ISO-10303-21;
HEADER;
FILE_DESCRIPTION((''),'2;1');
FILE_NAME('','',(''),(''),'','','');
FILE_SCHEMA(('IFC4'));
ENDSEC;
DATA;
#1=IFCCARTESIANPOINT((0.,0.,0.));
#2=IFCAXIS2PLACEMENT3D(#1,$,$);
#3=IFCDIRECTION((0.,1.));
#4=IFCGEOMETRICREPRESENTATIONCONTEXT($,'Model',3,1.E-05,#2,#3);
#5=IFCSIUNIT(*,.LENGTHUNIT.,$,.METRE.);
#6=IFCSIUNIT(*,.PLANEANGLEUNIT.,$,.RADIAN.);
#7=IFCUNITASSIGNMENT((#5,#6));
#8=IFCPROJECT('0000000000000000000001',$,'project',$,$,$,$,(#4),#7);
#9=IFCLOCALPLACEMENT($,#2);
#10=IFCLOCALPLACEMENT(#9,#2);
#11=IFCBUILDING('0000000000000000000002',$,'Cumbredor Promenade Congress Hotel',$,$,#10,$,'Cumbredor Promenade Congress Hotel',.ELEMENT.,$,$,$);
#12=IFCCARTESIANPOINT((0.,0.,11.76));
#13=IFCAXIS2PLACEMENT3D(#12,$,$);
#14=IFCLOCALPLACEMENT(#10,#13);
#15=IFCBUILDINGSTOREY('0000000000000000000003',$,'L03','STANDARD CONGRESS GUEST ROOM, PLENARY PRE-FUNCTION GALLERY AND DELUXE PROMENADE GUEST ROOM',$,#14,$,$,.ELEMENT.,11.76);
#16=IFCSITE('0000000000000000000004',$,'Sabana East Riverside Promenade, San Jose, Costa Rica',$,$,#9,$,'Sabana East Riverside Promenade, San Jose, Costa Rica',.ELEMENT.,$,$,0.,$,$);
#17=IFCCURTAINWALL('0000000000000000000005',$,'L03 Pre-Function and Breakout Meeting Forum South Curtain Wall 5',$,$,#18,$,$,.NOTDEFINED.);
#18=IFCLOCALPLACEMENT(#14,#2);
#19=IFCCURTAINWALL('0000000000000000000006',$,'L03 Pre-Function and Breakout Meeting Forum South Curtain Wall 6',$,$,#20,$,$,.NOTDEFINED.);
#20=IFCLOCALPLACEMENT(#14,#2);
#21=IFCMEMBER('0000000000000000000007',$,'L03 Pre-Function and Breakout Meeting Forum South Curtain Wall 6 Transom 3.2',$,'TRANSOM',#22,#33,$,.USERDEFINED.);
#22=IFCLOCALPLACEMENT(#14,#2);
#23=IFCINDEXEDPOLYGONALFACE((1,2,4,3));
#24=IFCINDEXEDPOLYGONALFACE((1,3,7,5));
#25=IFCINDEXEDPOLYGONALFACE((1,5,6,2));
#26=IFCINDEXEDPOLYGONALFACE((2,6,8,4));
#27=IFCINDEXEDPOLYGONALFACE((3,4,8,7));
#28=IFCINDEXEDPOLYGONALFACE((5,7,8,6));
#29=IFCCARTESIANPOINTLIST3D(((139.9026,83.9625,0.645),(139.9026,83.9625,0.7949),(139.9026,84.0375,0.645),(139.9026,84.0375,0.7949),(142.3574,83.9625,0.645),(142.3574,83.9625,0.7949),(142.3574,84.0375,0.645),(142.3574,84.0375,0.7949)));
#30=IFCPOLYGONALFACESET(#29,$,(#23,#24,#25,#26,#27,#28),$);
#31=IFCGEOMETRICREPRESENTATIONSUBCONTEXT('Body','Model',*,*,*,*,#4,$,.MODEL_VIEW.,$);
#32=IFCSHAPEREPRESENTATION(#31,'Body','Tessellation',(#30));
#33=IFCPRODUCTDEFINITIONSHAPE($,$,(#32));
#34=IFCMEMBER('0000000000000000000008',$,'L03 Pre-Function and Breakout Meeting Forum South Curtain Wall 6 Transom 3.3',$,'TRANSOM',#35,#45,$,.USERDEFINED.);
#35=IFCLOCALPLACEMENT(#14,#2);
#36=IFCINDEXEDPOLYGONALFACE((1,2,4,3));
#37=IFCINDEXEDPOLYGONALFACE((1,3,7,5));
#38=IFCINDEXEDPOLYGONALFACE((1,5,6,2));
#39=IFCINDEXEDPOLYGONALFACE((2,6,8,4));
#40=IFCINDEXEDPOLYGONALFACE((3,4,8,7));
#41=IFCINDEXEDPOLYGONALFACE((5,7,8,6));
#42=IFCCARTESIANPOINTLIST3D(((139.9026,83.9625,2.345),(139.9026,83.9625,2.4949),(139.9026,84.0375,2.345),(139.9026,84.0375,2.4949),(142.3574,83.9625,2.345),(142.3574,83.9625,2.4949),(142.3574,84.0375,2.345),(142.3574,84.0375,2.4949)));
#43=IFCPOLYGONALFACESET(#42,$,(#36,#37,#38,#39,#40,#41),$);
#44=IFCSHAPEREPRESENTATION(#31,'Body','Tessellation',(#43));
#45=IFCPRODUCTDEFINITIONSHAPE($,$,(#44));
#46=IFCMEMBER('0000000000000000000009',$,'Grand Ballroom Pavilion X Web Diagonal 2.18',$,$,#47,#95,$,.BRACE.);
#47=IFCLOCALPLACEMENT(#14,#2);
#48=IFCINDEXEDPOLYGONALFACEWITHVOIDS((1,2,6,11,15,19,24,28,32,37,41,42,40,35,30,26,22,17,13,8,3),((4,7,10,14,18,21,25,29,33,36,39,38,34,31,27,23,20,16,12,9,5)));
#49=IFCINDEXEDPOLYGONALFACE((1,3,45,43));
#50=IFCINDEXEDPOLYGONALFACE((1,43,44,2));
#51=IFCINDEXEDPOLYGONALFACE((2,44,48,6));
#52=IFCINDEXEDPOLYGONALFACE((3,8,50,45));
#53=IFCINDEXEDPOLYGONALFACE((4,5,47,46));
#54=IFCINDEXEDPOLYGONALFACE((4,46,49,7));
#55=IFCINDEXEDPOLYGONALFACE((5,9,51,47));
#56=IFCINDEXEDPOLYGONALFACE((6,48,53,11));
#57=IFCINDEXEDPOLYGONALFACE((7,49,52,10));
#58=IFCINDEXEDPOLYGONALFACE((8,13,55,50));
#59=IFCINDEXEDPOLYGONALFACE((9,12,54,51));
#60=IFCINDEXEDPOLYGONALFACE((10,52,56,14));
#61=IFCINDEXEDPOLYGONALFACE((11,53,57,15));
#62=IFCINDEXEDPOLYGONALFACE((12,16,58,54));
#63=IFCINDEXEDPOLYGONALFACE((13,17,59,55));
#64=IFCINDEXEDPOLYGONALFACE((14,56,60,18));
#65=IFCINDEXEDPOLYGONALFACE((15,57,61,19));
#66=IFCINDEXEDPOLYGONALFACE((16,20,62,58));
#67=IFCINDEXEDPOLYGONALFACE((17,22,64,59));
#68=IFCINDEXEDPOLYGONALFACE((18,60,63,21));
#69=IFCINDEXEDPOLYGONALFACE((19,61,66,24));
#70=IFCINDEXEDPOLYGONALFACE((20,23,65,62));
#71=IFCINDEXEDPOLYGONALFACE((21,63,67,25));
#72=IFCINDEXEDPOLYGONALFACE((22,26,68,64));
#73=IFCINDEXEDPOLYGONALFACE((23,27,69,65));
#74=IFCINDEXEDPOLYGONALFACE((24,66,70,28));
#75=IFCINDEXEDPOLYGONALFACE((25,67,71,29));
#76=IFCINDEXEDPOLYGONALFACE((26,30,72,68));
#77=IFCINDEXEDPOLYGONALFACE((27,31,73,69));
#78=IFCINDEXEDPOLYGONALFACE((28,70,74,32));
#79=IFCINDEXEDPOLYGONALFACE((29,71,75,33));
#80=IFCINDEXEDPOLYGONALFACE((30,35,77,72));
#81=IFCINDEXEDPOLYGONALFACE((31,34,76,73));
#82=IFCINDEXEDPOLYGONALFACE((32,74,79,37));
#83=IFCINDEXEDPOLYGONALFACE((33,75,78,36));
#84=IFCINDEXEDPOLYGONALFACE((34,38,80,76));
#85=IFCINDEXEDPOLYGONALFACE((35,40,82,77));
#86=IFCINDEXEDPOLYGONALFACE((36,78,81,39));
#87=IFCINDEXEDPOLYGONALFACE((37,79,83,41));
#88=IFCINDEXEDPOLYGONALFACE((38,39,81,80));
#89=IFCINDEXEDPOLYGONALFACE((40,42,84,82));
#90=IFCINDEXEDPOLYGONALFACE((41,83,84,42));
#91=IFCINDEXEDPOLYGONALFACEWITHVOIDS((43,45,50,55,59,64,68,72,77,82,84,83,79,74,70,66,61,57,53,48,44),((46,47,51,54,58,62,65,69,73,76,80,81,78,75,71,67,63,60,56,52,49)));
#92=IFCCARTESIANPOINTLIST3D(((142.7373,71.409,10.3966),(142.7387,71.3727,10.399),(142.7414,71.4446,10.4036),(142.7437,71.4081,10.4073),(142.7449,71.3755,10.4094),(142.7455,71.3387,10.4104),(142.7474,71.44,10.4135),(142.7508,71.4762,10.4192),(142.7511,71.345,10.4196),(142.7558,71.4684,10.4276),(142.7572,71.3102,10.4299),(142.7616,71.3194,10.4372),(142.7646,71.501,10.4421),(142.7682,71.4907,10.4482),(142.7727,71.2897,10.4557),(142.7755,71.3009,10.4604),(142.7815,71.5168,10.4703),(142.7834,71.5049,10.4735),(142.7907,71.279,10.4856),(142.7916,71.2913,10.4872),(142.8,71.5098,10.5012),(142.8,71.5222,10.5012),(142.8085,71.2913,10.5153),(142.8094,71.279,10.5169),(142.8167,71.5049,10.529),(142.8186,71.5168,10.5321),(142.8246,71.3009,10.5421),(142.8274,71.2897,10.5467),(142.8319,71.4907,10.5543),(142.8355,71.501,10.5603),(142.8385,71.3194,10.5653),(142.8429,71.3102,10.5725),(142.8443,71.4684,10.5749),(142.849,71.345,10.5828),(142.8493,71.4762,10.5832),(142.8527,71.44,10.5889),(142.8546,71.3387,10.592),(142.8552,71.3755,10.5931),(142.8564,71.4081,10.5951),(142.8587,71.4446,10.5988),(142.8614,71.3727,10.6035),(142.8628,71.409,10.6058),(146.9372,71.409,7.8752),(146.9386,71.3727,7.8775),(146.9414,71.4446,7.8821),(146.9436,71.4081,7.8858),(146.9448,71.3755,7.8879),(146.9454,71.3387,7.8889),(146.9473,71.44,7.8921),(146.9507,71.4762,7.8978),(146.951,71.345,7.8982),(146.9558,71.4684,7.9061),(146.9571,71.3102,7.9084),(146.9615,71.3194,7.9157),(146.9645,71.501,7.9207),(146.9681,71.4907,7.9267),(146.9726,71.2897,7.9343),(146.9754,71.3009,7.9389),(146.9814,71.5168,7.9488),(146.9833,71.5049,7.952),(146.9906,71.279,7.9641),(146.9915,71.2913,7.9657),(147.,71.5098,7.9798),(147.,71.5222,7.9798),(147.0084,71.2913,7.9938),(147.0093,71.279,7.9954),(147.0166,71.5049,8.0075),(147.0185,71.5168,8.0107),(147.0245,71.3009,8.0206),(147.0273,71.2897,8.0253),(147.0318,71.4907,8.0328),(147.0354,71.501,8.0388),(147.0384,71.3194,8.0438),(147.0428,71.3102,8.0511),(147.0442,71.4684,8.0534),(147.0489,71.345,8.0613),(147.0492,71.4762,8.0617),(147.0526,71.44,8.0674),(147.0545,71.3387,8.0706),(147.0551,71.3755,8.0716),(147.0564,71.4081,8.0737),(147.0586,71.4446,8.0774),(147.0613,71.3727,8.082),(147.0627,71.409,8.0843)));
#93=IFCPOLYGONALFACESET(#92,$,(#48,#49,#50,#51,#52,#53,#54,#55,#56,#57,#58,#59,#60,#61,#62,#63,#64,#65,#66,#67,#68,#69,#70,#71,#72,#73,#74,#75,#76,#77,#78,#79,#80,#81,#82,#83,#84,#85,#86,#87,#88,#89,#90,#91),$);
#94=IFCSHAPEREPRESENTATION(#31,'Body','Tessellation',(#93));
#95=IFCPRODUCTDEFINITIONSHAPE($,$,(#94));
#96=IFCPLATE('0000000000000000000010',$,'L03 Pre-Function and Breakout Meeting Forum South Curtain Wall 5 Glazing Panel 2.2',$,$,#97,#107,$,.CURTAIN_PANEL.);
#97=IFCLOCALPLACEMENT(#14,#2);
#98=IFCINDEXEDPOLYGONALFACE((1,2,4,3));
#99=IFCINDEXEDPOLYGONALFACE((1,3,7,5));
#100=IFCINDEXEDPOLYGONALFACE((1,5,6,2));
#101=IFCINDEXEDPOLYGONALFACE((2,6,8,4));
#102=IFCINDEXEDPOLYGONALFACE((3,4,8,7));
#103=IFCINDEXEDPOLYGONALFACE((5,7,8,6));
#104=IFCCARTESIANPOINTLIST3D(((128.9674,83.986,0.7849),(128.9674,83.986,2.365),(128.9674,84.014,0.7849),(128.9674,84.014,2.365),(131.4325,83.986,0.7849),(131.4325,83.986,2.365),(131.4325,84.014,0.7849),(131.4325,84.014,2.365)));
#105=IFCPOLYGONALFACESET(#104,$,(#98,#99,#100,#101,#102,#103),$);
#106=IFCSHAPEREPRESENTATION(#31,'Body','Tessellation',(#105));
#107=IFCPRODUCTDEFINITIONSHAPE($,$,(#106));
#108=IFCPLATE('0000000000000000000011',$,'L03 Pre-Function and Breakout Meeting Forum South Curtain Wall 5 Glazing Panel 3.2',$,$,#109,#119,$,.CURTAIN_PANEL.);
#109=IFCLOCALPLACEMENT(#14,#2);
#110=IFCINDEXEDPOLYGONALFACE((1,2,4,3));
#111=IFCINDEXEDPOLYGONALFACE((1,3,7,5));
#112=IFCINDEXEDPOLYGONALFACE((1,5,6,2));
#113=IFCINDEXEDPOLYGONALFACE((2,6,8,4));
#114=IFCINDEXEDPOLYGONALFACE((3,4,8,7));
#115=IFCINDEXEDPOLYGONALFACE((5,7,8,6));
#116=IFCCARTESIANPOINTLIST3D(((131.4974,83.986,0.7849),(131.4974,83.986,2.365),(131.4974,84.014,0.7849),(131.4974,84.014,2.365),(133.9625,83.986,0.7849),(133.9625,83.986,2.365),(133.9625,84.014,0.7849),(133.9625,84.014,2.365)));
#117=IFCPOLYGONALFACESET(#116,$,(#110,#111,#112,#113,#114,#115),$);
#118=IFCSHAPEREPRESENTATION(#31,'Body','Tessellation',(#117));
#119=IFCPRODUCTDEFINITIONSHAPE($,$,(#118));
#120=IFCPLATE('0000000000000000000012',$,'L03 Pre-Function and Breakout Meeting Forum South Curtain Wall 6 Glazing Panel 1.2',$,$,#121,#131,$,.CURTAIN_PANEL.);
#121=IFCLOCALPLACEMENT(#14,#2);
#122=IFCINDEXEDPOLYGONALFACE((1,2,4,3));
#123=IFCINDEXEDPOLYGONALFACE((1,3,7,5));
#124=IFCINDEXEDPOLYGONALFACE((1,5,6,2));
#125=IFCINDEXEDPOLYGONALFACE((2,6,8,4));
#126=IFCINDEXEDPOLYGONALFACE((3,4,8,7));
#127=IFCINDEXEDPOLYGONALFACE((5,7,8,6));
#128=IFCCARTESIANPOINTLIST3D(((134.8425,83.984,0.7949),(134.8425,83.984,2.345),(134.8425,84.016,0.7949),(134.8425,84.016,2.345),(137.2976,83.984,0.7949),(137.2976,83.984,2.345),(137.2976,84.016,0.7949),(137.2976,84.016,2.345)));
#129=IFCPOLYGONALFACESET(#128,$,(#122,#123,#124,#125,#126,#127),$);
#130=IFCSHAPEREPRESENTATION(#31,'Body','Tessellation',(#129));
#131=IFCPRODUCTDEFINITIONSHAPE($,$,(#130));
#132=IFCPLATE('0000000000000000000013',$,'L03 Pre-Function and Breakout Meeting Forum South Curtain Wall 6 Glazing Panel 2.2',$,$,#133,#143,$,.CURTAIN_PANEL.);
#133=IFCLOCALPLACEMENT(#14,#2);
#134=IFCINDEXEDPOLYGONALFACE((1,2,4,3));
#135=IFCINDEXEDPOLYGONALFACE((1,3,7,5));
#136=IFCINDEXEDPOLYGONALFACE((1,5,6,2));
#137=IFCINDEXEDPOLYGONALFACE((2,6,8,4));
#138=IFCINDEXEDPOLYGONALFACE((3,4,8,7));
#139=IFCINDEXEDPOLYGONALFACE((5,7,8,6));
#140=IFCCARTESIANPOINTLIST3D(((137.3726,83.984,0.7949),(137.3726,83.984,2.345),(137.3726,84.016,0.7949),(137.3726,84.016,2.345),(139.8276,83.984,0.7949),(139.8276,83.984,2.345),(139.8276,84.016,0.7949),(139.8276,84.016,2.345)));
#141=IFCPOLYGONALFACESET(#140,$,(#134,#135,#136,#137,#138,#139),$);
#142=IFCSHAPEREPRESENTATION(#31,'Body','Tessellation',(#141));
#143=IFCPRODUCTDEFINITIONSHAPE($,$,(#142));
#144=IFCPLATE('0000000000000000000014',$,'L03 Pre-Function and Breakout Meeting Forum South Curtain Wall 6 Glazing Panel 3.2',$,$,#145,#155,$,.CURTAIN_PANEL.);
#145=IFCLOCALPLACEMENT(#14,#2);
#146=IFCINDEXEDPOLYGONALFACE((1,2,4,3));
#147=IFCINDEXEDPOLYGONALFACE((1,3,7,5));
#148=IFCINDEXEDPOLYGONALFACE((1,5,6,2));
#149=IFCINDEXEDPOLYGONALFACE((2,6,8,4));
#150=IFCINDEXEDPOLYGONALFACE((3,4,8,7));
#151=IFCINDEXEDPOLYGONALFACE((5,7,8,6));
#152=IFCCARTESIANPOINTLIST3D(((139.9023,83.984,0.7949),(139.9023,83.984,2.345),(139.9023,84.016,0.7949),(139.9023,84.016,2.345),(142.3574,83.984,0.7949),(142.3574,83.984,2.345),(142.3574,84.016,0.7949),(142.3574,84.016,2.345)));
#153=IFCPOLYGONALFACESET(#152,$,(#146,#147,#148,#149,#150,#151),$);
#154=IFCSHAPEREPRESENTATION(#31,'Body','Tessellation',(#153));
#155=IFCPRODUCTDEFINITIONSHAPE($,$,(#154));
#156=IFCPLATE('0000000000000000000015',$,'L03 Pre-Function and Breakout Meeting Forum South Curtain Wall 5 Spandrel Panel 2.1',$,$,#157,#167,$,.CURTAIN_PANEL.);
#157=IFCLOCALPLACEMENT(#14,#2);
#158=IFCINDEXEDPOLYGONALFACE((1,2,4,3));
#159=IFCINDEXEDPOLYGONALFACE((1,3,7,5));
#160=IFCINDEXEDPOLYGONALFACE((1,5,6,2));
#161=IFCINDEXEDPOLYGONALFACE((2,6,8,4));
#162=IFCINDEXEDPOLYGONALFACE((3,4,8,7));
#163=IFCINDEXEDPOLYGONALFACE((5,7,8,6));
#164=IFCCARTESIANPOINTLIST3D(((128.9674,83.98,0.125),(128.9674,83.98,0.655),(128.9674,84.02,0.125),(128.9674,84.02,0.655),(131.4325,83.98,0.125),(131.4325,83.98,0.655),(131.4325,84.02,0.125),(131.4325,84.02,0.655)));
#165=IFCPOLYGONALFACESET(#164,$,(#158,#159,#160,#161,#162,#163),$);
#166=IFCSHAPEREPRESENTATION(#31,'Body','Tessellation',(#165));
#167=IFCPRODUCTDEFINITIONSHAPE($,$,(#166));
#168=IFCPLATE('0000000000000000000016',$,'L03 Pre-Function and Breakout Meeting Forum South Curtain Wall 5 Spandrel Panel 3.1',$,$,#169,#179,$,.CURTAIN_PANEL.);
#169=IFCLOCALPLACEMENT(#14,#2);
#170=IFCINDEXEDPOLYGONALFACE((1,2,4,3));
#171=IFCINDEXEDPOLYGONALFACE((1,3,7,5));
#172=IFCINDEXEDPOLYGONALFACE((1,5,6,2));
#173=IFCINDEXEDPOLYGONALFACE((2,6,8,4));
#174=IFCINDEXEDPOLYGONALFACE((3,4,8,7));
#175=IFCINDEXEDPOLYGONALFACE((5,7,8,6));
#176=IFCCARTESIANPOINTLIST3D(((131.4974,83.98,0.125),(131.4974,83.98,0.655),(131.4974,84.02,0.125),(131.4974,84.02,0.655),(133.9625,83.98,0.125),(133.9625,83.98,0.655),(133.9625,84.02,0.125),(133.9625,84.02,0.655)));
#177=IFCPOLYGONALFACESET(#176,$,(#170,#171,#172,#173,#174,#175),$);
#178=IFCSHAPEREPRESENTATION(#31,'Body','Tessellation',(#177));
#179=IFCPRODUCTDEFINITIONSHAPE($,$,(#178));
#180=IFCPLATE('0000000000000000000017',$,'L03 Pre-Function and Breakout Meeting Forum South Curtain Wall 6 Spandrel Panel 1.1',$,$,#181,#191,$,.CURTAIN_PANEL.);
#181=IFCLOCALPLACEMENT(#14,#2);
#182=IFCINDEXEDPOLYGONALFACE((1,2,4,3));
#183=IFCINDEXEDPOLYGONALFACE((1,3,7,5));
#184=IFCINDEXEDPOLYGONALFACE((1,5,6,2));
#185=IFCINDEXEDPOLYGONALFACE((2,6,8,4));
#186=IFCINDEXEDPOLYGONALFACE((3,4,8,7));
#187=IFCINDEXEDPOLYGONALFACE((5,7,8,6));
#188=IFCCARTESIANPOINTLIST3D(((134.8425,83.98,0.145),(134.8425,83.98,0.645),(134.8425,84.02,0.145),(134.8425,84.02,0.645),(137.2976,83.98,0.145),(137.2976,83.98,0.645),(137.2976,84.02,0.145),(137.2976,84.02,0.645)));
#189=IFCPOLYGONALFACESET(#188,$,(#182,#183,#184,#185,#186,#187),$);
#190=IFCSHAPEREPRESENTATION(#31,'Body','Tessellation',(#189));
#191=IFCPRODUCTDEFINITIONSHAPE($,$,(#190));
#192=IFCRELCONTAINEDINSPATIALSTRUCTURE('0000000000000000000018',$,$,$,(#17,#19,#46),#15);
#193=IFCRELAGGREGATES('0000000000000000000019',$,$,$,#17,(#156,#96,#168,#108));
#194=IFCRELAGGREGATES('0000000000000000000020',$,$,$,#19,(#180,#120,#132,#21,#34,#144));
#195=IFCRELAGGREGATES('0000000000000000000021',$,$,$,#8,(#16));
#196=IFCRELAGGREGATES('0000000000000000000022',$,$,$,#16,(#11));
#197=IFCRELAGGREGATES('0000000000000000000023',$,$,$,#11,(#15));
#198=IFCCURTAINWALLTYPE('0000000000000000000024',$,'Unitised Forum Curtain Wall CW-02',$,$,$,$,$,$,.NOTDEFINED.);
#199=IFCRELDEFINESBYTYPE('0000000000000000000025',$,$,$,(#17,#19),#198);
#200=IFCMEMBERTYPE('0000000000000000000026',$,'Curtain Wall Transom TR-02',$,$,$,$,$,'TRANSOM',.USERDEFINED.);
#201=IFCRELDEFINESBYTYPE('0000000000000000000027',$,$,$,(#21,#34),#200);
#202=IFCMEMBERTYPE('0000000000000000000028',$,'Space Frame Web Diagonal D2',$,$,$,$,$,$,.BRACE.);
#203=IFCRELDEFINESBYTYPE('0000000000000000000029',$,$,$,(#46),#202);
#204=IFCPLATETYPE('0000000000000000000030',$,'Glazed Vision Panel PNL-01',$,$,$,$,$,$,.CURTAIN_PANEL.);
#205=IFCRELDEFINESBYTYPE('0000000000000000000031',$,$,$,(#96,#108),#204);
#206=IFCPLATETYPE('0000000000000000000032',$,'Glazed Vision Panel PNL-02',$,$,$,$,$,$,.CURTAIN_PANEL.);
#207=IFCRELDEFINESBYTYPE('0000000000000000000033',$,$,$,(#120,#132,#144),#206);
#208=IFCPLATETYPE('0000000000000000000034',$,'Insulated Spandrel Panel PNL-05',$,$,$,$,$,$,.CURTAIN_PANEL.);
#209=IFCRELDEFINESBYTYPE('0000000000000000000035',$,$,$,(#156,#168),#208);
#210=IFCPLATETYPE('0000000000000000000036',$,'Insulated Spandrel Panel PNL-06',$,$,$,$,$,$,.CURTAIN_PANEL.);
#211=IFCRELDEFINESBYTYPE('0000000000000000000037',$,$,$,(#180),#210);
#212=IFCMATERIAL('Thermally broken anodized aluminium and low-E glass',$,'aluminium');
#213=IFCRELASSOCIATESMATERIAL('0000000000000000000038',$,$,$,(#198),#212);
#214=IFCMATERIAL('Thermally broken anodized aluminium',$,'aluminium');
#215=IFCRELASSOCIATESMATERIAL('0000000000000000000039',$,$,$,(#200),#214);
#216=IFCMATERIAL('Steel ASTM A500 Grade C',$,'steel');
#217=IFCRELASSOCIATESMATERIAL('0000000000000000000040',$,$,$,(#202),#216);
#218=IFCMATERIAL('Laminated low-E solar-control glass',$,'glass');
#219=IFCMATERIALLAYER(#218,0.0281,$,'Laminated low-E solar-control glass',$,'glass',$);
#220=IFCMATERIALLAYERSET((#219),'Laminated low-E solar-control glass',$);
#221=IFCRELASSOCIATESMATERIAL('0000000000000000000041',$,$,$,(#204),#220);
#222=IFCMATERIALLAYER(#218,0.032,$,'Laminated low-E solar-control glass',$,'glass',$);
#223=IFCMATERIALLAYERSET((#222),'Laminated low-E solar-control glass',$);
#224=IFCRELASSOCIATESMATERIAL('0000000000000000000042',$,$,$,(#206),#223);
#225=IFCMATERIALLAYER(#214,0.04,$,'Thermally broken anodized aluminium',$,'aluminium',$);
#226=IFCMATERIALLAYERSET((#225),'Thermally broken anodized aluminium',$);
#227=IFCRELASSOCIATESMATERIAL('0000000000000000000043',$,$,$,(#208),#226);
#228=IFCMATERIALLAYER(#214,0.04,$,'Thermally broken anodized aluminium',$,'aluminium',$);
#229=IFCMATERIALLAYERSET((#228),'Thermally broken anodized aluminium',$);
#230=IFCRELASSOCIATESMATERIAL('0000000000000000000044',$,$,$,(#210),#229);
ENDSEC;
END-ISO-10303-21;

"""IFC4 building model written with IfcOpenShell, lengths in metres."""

from ifc_helpers import new_model, si_unit, direction, frame, origin, origin_2d, place, context, subcontext, project, spatial, rectangle, hollow_circle, extrude, material, layer, layer_set, material_profile, profile_set, type_object, element, aggregate, save


model = new_model("IFC4")

# Units and contexts
model_context = context("Model", 3, precision=1e-05, world=origin(), true_north=direction((0.0, 1.0)))
body_context = subcontext(model_context, "Body", "Model", "MODEL_VIEW")
ifc_project = project(units=[si_unit("LENGTHUNIT", "METRE"), si_unit("PLANEANGLEUNIT", "RADIAN")], contexts=[model_context])

# Site, building, storey
site_placement = place(None, origin())
site = spatial("IfcSite", under=ifc_project, at=site_placement, Name="Sabana East Riverside Promenade, San Jose, Costa Rica", LongName="Sabana East Riverside Promenade, San Jose, Costa Rica", CompositionType="ELEMENT", RefElevation=0.0)
building_placement = place(site_placement, origin())
building = spatial("IfcBuilding", under=site, at=building_placement, Name="Cumbredor Promenade Congress Hotel", LongName="Cumbredor Promenade Congress Hotel", CompositionType="ELEMENT")
storey_placement = place(building_placement, frame((0.0, 0.0, 11.76)))
storey = spatial("IfcBuildingStorey", under=building, at=storey_placement, Name="L03", Description="STANDARD CONGRESS GUEST ROOM, PLENARY PRE-FUNCTION GALLERY AND DELUXE PROMENADE GUEST ROOM", CompositionType="ELEMENT", Elevation=11.76)

# Shared definitions
ifc_material_1 = material(Name="Steel ASTM A500 Grade C", Category="steel")

# Curtain walls
ifc_material_2 = material(Name="Thermally broken anodized aluminium and low-E glass", Category="aluminium")
curtain_wall_type = type_object("IfcCurtainWallType", Name="Unitised Forum Curtain Wall CW-02", PredefinedType="NOTDEFINED", material=ifc_material_2)
curtain_wall_1_placement = place(storey_placement, origin())
curtain_wall_1 = element("IfcCurtainWall", 1, at=curtain_wall_1_placement, inside=storey, type_object=curtain_wall_type, Name="L03 Pre-Function and Breakout Meeting Forum South Curtain Wall 5", PredefinedType="NOTDEFINED")
ifc_material_3 = material(Name="Thermally broken anodized aluminium", Category="aluminium")
curtain_wall_2_placement = place(storey_placement, origin())
curtain_wall_2 = element("IfcCurtainWall", 2, at=curtain_wall_2_placement, inside=storey, type_object=curtain_wall_type, Name="L03 Pre-Function and Breakout Meeting Forum South Curtain Wall 6", PredefinedType="NOTDEFINED")

# Members
ifc_material_profile_1 = material_profile(ifc_material_3, rectangle(XDim=0.075, YDim=0.1499, at=origin_2d()), Name="ALU TRANSOM 75x150")
ifc_profile_set_1 = profile_set([ifc_material_profile_1], Name="Thermally broken anodized aluminium")
member_type_1 = type_object("IfcMemberType", Name="Curtain Wall Transom TR-02", ElementType="TRANSOM", PredefinedType="USERDEFINED", material=ifc_profile_set_1)
member_1_placement = place(storey_placement, frame((139.9026, 84.0, 0.72), z_axis=(1.0, 0.0, 0.0), x_axis=(0.0, 1.0, 0.0)))
member_1 = element("IfcMember", 3, at=member_1_placement, type_object=member_type_1, Name="L03 Pre-Function and Breakout Meeting Forum South Curtain Wall 6 Transom 3.2", ObjectType="TRANSOM", PredefinedType="USERDEFINED", context=body_context, shape_type="SweptSolid", body=[
    extrude(rectangle(XDim=0.075, YDim=0.1499, at=origin_2d()), origin(), (0.0, 0.0, 1.0), 2.4548),
])
member_2_placement = place(storey_placement, frame((139.9026, 84.0, 2.4199), z_axis=(1.0, 0.0, 0.0), x_axis=(0.0, 1.0, 0.0)))
member_2 = element("IfcMember", 4, at=member_2_placement, type_object=member_type_1, Name="L03 Pre-Function and Breakout Meeting Forum South Curtain Wall 6 Transom 3.3", ObjectType="TRANSOM", PredefinedType="USERDEFINED", context=body_context, shape_type="SweptSolid", body=[
    extrude(rectangle(XDim=0.075, YDim=0.1499, at=origin_2d()), origin(), (0.0, 0.0, 1.0), 2.4548),
])
ifc_material_profile_2 = material_profile(ifc_material_1, hollow_circle(Radius=0.1223, WallThickness=0.0125, at=origin_2d()), Name="CHS 244.5x12.5")
ifc_profile_set_2 = profile_set([ifc_material_profile_2], Name="Steel ASTM A500 Grade C")
member_type_2 = type_object("IfcMemberType", Name="Space Frame Web Diagonal D2", PredefinedType="BRACE", material=ifc_profile_set_2)
member_3_placement = place(storey_placement, frame((142.8, 71.3999, 10.5012), z_axis=(0.857357, 0.0, -0.514723), x_axis=(0.0, 1.0, 0.0)))
element("IfcMember", 5, at=member_3_placement, inside=storey, type_object=member_type_2, Name="Grand Ballroom Pavilion X Web Diagonal 2.18", PredefinedType="BRACE", context=body_context, shape_type="SweptSolid", body=[
    extrude(hollow_circle(Radius=0.1223, WallThickness=0.0125, at=origin_2d()), origin(), (0.0, 0.0, 1.0), 4.8987),
])

# Plates
ifc_material_4 = material(Name="Laminated low-E solar-control glass", Category="glass")
ifc_layer_1 = layer(ifc_material_4, 0.0281, Name="Laminated low-E solar-control glass", Category="glass")
ifc_layer_set_1 = layer_set([ifc_layer_1], Name="Laminated low-E solar-control glass")
plate_type_1 = type_object("IfcPlateType", Name="Glazed Vision Panel PNL-01", PredefinedType="CURTAIN_PANEL", material=ifc_layer_set_1)
plate_1_placement = place(storey_placement, frame((130.2, 84.0, 0.7849), z_axis=(0.0, 0.0, 1.0), x_axis=(1.0, 0.0, 0.0)))
plate_1 = element("IfcPlate", 6, at=plate_1_placement, type_object=plate_type_1, Name="L03 Pre-Function and Breakout Meeting Forum South Curtain Wall 5 Glazing Panel 2.2", PredefinedType="CURTAIN_PANEL", context=body_context, shape_type="SweptSolid", body=[
    extrude(rectangle(XDim=2.4651, YDim=0.0281, at=origin_2d()), origin(), (0.0, 0.0, 1.0), 1.5801),
])
plate_2_placement = place(storey_placement, frame((132.73, 84.0, 0.7849), z_axis=(0.0, 0.0, 1.0), x_axis=(1.0, 0.0, 0.0)))
plate_2 = element("IfcPlate", 7, at=plate_2_placement, type_object=plate_type_1, Name="L03 Pre-Function and Breakout Meeting Forum South Curtain Wall 5 Glazing Panel 3.2", PredefinedType="CURTAIN_PANEL", context=body_context, shape_type="SweptSolid", body=[
    extrude(rectangle(XDim=2.4651, YDim=0.0281, at=origin_2d()), origin(), (0.0, 0.0, 1.0), 1.5801),
])
ifc_layer_2 = layer(ifc_material_4, 0.032, Name="Laminated low-E solar-control glass", Category="glass")
ifc_layer_set_2 = layer_set([ifc_layer_2], Name="Laminated low-E solar-control glass")
plate_type_2 = type_object("IfcPlateType", Name="Glazed Vision Panel PNL-02", PredefinedType="CURTAIN_PANEL", material=ifc_layer_set_2)
plate_3_placement = place(storey_placement, frame((136.0701, 84.0, 0.7949), z_axis=(0.0, 0.0, 1.0), x_axis=(1.0, 0.0, 0.0)))
plate_3 = element("IfcPlate", 8, at=plate_3_placement, type_object=plate_type_2, Name="L03 Pre-Function and Breakout Meeting Forum South Curtain Wall 6 Glazing Panel 1.2", PredefinedType="CURTAIN_PANEL", context=body_context, shape_type="SweptSolid", body=[
    extrude(rectangle(XDim=2.4551, YDim=0.032, at=origin_2d()), origin(), (0.0, 0.0, 1.0), 1.55),
])
plate_4_placement = place(storey_placement, frame((138.6001, 84.0, 0.7949), z_axis=(0.0, 0.0, 1.0), x_axis=(1.0, 0.0, 0.0)))
plate_4 = element("IfcPlate", 9, at=plate_4_placement, type_object=plate_type_2, Name="L03 Pre-Function and Breakout Meeting Forum South Curtain Wall 6 Glazing Panel 2.2", PredefinedType="CURTAIN_PANEL", context=body_context, shape_type="SweptSolid", body=[
    extrude(rectangle(XDim=2.4551, YDim=0.032, at=origin_2d()), origin(), (0.0, 0.0, 1.0), 1.55),
])
plate_5_placement = place(storey_placement, frame((141.1299, 84.0, 0.7949), z_axis=(0.0, 0.0, 1.0), x_axis=(1.0, 0.0, 0.0)))
plate_5 = element("IfcPlate", 10, at=plate_5_placement, type_object=plate_type_2, Name="L03 Pre-Function and Breakout Meeting Forum South Curtain Wall 6 Glazing Panel 3.2", PredefinedType="CURTAIN_PANEL", context=body_context, shape_type="SweptSolid", body=[
    extrude(rectangle(XDim=2.4551, YDim=0.032, at=origin_2d()), origin(), (0.0, 0.0, 1.0), 1.55),
])
ifc_layer_3 = layer(ifc_material_3, 0.04, Name="Thermally broken anodized aluminium", Category="aluminium")
ifc_layer_set_3 = layer_set([ifc_layer_3], Name="Thermally broken anodized aluminium")
plate_type_3 = type_object("IfcPlateType", Name="Insulated Spandrel Panel PNL-05", PredefinedType="CURTAIN_PANEL", material=ifc_layer_set_3)
plate_6_placement = place(storey_placement, frame((130.2, 84.0, 0.125), z_axis=(0.0, 0.0, 1.0), x_axis=(1.0, 0.0, 0.0)))
plate_6 = element("IfcPlate", 11, at=plate_6_placement, type_object=plate_type_3, Name="L03 Pre-Function and Breakout Meeting Forum South Curtain Wall 5 Spandrel Panel 2.1", PredefinedType="CURTAIN_PANEL", context=body_context, shape_type="SweptSolid", body=[
    extrude(rectangle(XDim=2.4651, YDim=0.04, at=origin_2d()), origin(), (0.0, 0.0, 1.0), 0.53),
])
plate_7_placement = place(storey_placement, frame((132.73, 84.0, 0.125), z_axis=(0.0, 0.0, 1.0), x_axis=(1.0, 0.0, 0.0)))
plate_7 = element("IfcPlate", 12, at=plate_7_placement, type_object=plate_type_3, Name="L03 Pre-Function and Breakout Meeting Forum South Curtain Wall 5 Spandrel Panel 3.1", PredefinedType="CURTAIN_PANEL", context=body_context, shape_type="SweptSolid", body=[
    extrude(rectangle(XDim=2.4651, YDim=0.04, at=origin_2d()), origin(), (0.0, 0.0, 1.0), 0.53),
])
aggregate(curtain_wall_1, [plate_6, plate_1, plate_7, plate_2])
ifc_layer_4 = layer(ifc_material_3, 0.04, Name="Thermally broken anodized aluminium", Category="aluminium")
ifc_layer_set_4 = layer_set([ifc_layer_4], Name="Thermally broken anodized aluminium")
plate_type_4 = type_object("IfcPlateType", Name="Insulated Spandrel Panel PNL-06", PredefinedType="CURTAIN_PANEL", material=ifc_layer_set_4)
plate_8_placement = place(storey_placement, frame((136.0701, 84.0, 0.145), z_axis=(0.0, 0.0, 1.0), x_axis=(1.0, 0.0, 0.0)))
plate_8 = element("IfcPlate", 13, at=plate_8_placement, type_object=plate_type_4, Name="L03 Pre-Function and Breakout Meeting Forum South Curtain Wall 6 Spandrel Panel 1.1", PredefinedType="CURTAIN_PANEL", context=body_context, shape_type="SweptSolid", body=[
    extrude(rectangle(XDim=2.4551, YDim=0.04, at=origin_2d()), origin(), (0.0, 0.0, 1.0), 0.5),
])
aggregate(curtain_wall_2, [plate_8, plate_3, plate_4, member_1, member_2, plate_5])

save(model, "model.ifc")
